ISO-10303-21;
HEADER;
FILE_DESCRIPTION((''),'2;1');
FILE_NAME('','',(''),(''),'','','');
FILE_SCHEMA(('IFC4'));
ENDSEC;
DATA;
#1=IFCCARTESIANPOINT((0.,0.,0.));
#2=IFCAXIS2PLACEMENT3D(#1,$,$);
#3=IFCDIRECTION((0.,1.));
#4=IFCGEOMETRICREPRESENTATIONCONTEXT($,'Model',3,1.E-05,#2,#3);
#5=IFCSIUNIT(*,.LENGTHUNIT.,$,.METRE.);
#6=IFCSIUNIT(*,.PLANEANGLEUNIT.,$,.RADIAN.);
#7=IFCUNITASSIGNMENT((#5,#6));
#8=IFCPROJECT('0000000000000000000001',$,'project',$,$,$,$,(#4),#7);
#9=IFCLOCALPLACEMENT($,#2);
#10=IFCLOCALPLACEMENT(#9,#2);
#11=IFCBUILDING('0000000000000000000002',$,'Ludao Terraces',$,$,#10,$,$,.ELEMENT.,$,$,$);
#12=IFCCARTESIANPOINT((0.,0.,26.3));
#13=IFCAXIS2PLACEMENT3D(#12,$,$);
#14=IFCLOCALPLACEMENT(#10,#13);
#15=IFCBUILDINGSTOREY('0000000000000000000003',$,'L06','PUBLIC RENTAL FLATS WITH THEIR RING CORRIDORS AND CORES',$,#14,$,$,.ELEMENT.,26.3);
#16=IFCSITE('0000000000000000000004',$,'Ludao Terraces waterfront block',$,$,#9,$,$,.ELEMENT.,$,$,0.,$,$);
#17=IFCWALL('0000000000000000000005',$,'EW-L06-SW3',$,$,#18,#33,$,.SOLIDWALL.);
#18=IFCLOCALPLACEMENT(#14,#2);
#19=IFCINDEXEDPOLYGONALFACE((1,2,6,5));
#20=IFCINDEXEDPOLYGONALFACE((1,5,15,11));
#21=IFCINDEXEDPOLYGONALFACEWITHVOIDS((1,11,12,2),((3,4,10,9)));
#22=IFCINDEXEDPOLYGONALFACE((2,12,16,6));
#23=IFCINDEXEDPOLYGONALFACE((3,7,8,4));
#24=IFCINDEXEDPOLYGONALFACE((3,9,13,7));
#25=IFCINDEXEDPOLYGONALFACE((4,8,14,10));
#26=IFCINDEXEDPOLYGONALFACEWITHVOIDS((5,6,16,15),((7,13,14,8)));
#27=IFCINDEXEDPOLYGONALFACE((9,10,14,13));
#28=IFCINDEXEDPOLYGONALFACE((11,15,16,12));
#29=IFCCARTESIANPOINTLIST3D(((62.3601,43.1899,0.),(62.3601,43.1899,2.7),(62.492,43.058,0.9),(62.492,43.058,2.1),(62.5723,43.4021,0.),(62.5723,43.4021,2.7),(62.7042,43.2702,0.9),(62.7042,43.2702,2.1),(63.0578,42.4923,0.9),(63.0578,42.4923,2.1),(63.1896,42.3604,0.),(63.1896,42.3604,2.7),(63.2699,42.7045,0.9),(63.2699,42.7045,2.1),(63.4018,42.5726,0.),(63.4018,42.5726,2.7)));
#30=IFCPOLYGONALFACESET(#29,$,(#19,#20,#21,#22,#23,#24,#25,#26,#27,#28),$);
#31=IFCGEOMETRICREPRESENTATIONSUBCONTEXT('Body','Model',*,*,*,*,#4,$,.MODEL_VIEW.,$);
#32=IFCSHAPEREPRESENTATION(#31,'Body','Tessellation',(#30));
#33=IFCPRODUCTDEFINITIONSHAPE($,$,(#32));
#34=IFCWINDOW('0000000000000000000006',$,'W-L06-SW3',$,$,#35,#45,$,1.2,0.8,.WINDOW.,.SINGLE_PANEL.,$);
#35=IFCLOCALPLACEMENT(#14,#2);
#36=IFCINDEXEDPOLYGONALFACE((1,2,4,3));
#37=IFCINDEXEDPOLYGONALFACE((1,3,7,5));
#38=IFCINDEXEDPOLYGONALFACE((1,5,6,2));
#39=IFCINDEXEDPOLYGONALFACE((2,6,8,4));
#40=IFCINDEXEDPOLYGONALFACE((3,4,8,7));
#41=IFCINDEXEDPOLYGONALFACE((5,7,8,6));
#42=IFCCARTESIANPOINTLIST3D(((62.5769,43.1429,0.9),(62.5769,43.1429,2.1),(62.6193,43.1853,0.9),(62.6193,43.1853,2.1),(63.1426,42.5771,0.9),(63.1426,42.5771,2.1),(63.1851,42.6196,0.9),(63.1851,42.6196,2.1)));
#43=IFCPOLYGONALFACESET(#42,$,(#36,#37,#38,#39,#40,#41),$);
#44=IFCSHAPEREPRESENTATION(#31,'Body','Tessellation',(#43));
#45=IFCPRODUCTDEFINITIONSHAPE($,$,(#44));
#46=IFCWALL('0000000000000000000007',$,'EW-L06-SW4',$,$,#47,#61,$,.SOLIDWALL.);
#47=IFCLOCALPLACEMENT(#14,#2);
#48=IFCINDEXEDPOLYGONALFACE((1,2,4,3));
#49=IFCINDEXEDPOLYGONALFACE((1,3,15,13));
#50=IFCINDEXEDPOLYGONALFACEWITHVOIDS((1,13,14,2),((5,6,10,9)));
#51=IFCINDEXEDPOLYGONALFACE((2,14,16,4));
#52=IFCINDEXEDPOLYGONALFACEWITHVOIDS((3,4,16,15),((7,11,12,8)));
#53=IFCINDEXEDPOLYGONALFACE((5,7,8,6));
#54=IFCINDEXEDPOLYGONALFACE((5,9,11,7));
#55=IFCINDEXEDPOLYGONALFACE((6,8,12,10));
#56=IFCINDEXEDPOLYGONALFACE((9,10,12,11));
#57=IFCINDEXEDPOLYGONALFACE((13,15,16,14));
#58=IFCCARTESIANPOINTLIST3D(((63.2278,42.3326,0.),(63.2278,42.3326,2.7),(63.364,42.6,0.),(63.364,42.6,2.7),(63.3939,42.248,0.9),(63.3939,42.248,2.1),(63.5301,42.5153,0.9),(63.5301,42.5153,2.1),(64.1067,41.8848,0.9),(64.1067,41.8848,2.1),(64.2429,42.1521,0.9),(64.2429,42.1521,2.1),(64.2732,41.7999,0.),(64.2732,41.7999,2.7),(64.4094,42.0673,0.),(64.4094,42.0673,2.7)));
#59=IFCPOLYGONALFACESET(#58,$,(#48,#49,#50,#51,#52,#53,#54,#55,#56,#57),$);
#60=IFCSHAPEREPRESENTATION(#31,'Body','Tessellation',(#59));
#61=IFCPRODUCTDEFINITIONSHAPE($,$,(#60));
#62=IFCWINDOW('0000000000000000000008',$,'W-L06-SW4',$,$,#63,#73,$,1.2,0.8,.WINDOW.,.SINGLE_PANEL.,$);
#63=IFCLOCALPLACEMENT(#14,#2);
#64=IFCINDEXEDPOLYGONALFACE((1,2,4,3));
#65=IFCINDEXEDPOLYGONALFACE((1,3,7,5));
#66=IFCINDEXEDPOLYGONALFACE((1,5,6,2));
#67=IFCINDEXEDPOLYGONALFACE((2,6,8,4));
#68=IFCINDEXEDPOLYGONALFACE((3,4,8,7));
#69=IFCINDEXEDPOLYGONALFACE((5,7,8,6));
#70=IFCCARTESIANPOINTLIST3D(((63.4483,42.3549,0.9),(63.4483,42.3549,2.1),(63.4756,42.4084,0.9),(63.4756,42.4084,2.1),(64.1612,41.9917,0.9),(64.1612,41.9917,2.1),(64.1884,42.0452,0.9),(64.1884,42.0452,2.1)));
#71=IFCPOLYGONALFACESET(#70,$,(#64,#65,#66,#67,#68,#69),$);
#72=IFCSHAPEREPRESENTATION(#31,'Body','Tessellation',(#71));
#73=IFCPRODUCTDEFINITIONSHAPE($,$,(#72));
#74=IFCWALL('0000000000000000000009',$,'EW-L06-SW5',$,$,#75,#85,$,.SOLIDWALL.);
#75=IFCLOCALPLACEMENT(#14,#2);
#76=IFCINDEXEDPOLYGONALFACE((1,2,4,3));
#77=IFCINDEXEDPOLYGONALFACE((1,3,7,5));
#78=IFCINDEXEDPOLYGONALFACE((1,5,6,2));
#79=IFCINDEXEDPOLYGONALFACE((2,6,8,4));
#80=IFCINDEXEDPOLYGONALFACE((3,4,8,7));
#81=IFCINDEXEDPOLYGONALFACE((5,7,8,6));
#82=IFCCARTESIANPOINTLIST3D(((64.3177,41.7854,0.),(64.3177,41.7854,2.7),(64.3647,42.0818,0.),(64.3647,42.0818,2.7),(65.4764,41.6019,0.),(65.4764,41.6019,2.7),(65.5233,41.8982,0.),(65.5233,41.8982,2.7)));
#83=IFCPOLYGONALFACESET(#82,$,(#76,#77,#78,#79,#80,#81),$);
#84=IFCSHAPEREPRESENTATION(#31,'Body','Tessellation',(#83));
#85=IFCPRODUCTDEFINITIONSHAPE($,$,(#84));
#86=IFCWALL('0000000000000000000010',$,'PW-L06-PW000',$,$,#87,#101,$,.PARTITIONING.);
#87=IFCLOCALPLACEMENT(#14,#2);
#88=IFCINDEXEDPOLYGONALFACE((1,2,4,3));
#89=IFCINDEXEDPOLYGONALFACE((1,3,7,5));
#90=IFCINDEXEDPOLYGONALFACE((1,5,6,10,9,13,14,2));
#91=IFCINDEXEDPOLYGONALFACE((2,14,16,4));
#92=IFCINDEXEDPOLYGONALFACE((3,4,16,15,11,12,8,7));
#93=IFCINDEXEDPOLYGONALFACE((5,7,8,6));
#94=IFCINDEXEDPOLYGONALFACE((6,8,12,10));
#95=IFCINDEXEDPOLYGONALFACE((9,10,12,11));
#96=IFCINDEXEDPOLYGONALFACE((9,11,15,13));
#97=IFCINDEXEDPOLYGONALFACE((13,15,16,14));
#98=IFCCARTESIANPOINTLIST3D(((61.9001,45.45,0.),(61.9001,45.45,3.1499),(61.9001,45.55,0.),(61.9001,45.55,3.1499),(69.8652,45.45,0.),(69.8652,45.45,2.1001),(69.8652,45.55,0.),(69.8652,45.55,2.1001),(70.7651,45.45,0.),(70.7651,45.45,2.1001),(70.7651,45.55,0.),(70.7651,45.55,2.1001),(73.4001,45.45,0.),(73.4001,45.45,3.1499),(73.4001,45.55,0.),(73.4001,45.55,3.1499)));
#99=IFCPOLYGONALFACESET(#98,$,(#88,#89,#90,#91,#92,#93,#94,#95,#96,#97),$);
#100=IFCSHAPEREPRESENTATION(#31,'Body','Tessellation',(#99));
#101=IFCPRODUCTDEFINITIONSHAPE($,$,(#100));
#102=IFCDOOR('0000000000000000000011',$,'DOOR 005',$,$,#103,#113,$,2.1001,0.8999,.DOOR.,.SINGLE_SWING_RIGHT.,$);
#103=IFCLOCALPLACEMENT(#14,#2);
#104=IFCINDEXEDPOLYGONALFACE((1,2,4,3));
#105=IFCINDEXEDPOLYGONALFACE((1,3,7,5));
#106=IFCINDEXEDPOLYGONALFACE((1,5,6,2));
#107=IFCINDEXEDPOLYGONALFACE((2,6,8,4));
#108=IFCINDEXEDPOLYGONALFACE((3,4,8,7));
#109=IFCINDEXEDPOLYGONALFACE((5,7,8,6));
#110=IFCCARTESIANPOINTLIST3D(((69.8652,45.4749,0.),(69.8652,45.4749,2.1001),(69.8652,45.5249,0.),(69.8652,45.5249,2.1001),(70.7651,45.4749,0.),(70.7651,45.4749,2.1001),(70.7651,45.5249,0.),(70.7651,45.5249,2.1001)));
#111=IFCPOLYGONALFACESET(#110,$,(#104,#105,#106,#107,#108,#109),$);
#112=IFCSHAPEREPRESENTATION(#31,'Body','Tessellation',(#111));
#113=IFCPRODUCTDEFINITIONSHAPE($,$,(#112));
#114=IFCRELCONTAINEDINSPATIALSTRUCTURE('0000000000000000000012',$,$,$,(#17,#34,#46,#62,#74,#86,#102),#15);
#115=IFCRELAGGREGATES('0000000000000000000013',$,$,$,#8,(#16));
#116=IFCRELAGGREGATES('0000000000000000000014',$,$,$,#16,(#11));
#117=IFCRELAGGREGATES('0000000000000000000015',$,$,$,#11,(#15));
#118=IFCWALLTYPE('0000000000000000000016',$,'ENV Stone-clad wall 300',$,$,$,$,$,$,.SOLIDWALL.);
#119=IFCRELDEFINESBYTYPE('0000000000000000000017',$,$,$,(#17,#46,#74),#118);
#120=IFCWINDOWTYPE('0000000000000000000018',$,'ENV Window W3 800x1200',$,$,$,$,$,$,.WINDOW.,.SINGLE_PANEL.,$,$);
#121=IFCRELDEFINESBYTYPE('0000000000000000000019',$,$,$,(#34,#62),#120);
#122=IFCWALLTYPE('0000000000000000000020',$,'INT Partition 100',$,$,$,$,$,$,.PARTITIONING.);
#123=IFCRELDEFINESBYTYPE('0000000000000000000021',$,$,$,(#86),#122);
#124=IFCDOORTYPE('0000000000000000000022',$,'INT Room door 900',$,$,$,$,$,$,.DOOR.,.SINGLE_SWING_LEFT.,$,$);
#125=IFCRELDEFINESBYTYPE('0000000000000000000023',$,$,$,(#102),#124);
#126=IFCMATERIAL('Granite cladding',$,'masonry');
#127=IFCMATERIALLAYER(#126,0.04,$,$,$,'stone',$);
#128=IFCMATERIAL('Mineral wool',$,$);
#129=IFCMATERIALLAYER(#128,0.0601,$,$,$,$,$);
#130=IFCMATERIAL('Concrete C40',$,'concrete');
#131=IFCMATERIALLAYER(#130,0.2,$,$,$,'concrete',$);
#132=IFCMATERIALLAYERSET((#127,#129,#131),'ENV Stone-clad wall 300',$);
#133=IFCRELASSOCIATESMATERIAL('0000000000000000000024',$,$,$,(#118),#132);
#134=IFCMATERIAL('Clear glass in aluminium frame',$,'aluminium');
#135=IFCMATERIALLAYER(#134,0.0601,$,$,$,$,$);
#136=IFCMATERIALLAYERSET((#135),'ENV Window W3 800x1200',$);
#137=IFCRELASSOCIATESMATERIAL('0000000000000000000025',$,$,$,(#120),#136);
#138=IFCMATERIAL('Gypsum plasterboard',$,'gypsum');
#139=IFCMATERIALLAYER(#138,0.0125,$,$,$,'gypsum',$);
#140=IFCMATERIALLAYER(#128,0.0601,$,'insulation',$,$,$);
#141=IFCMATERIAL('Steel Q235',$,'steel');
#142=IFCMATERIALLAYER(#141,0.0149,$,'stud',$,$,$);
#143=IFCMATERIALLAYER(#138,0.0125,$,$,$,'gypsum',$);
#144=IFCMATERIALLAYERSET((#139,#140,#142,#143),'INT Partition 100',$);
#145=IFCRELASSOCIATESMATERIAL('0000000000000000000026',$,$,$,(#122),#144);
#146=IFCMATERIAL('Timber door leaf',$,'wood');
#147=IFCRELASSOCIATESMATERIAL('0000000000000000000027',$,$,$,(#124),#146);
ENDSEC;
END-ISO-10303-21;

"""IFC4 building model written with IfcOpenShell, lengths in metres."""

from ifc_helpers import new_model, si_unit, direction, frame, frame_2d, origin, place, context, subcontext, project, spatial, rectangle, extrude, material, layer, layer_set, type_object, element, fill, save


model = new_model("IFC4")

# Units and contexts
model_context = context("Model", 3, precision=1e-05, world=origin(), true_north=direction((0.0, 1.0)))
body_context = subcontext(model_context, "Body", "Model", "MODEL_VIEW")
ifc_project = project(units=[si_unit("LENGTHUNIT", "METRE"), si_unit("PLANEANGLEUNIT", "RADIAN")], contexts=[model_context])

# Site, building, storey
site_placement = place(None, origin())
site = spatial("IfcSite", under=ifc_project, at=site_placement, Name="Ludao Terraces waterfront block", CompositionType="ELEMENT", RefElevation=0.0)
building_placement = place(site_placement, origin())
building = spatial("IfcBuilding", under=site, at=building_placement, Name="Ludao Terraces", CompositionType="ELEMENT")
storey_placement = place(building_placement, frame((0.0, 0.0, 26.3)))
storey = spatial("IfcBuildingStorey", under=building, at=storey_placement, Name="L06", Description="PUBLIC RENTAL FLATS WITH THEIR RING CORRIDORS AND CORES", CompositionType="ELEMENT", Elevation=26.3)

# Shared definitions
ifc_material_1 = material(Name="Concrete C40", Category="concrete")

# Shared definitions
ifc_material_2 = material(Name="Granite cladding", Category="masonry")
ifc_layer_1 = layer(ifc_material_2, 0.04, Category="stone")
ifc_material_3 = material(Name="Mineral wool")
ifc_layer_2 = layer(ifc_material_3, 0.0601)
ifc_layer_3 = layer(ifc_material_1, 0.2, Category="concrete")
ifc_layer_set_1 = layer_set([ifc_layer_1, ifc_layer_2, ifc_layer_3], Name="ENV Stone-clad wall 300")
wall_type_1 = type_object("IfcWallType", Name="ENV Stone-clad wall 300", PredefinedType="SOLIDWALL", material=ifc_layer_set_1)
ifc_material_4 = material(Name="Clear glass in aluminium frame", Category="aluminium")

# Walls, openings, windows
ifc_layer_4 = layer(ifc_material_4, 0.0601)
ifc_layer_set_2 = layer_set([ifc_layer_4], Name="ENV Window W3 800x1200")
window_type_1 = type_object("IfcWindowType", Name="ENV Window W3 800x1200", PartitioningType="SINGLE_PANEL", PredefinedType="WINDOW", material=ifc_layer_set_2)
wall_1_placement = place(storey_placement, frame((62.4663, 43.2959, 0.0), z_axis=(0.0, 0.0, 1.0), x_axis=(0.707107, -0.707107, 0.0)))
wall_1 = element("IfcWall", 1, at=wall_1_placement, inside=storey, type_object=wall_type_1, Name="EW-L06-SW3", PredefinedType="SOLIDWALL", context=body_context, shape_type="SweptSolid", body=[
    extrude(rectangle(XDim=1.1731, YDim=0.3, at=frame_2d((0.5864, 0.0))), origin(), (0.0, 0.0, 1.0), 2.7),
])
opening_1_placement = place(wall_1_placement, frame((0.1865, 0.0, 0.8999)))
opening_1 = element("IfcOpeningElement", 2, at=opening_1_placement, cuts=wall_1, PredefinedType="OPENING", context=body_context, shape_type="SweptSolid", body=[
    extrude(rectangle(XDim=0.8, YDim=1.2, at=frame_2d((0.3999, 0.6001))), frame((0.0, 0.1602, 0.0), z_axis=(0.0, -1.0, 0.0), x_axis=(1.0, 0.0, 0.0)), (0.0, 0.0, 1.0), 0.3201),
])
window_1_placement = place(opening_1_placement, origin())
window_1 = element("IfcWindow", 3, at=window_1_placement, inside=storey, type_object=window_type_1, Name="W-L06-SW3", OverallHeight=1.2, OverallWidth=0.8, PartitioningType="SINGLE_PANEL", PredefinedType="WINDOW", context=body_context, shape_type="SweptSolid", body=[
    extrude(rectangle(XDim=0.8, YDim=1.2, at=frame_2d((0.3999, 0.6001))), frame((0.0, 0.03, 0.0), z_axis=(0.0, -1.0, 0.0), x_axis=(1.0, 0.0, 0.0)), (0.0, 0.0, 1.0), 0.0601),
])
fill(opening_1, window_1)
wall_2_placement = place(storey_placement, frame((63.2959, 42.4663, 0.0), z_axis=(0.0, 0.0, 1.0), x_axis=(0.890989, -0.454026, 0.0)))
wall_2 = element("IfcWall", 4, at=wall_2_placement, inside=storey, type_object=wall_type_1, Name="EW-L06-SW4", PredefinedType="SOLIDWALL", context=body_context, shape_type="SweptSolid", body=[
    extrude(rectangle(XDim=1.1733, YDim=0.3, at=frame_2d((0.5867, 0.0))), origin(), (0.0, 0.0, 1.0), 2.7),
])
opening_2_placement = place(wall_2_placement, frame((0.1865, 0.0, 0.8999)))
opening_2 = element("IfcOpeningElement", 5, at=opening_2_placement, cuts=wall_2, PredefinedType="OPENING", context=body_context, shape_type="SweptSolid", body=[
    extrude(rectangle(XDim=0.8, YDim=1.2, at=frame_2d((0.3999, 0.6001))), frame((0.0, 0.1602, 0.0), z_axis=(0.0, -1.0, 0.0), x_axis=(1.0, 0.0, 0.0)), (0.0, 0.0, 1.0), 0.3201),
])
window_2_placement = place(opening_2_placement, origin())
window_2 = element("IfcWindow", 6, at=window_2_placement, inside=storey, type_object=window_type_1, Name="W-L06-SW4", OverallHeight=1.2, OverallWidth=0.8, PartitioningType="SINGLE_PANEL", PredefinedType="WINDOW", context=body_context, shape_type="SweptSolid", body=[
    extrude(rectangle(XDim=0.8, YDim=1.2, at=frame_2d((0.3999, 0.6001))), frame((0.0, 0.03, 0.0), z_axis=(0.0, -1.0, 0.0), x_axis=(1.0, 0.0, 0.0)), (0.0, 0.0, 1.0), 0.0601),
])
fill(opening_2, window_2)

# Wall
wall_3_placement = place(storey_placement, frame((64.3413, 41.9336, 0.0), z_axis=(0.0, 0.0, 1.0), x_axis=(0.987678, -0.156497, 0.0)))
element("IfcWall", 7, at=wall_3_placement, inside=storey, type_object=wall_type_1, Name="EW-L06-SW5", PredefinedType="SOLIDWALL", context=body_context, shape_type="SweptSolid", body=[
    extrude(rectangle(XDim=1.1731, YDim=0.3, at=frame_2d((0.5864, 0.0))), origin(), (0.0, 0.0, 1.0), 2.7),
])

# Wall, opening, door
ifc_material_5 = material(Name="Gypsum plasterboard", Category="gypsum")
ifc_layer_5 = layer(ifc_material_5, 0.0125, Category="gypsum")
ifc_layer_6 = layer(ifc_material_3, 0.0601, Name="insulation")
ifc_material_6 = material(Name="Steel Q235", Category="steel")
ifc_layer_7 = layer(ifc_material_6, 0.0149, Name="stud")
ifc_layer_8 = layer(ifc_material_5, 0.0125, Category="gypsum")
ifc_layer_set_3 = layer_set([ifc_layer_5, ifc_layer_6, ifc_layer_7, ifc_layer_8], Name="INT Partition 100")
wall_type_2 = type_object("IfcWallType", Name="INT Partition 100", PredefinedType="PARTITIONING", material=ifc_layer_set_3)
wall_4_placement = place(storey_placement, frame((61.9001, 45.5, 0.0), z_axis=(0.0, 0.0, 1.0), x_axis=(1.0, 0.0, 0.0)))
wall_4 = element("IfcWall", 8, at=wall_4_placement, inside=storey, type_object=wall_type_2, Name="PW-L06-PW000", PredefinedType="PARTITIONING", context=body_context, shape_type="SweptSolid", body=[
    extrude(rectangle(XDim=11.5, YDim=0.1001, at=frame_2d((5.75, 0.0))), origin(), (0.0, 0.0, 1.0), 3.1499),
])
opening_3_placement = place(wall_4_placement, frame((7.9651, 0.0, 0.0)))
opening_3 = element("IfcOpeningElement", 9, at=opening_3_placement, cuts=wall_4, PredefinedType="OPENING", context=body_context, shape_type="SweptSolid", body=[
    extrude(rectangle(XDim=0.8999, YDim=2.1001, at=frame_2d((0.45, 1.05))), frame((0.0, 0.0601, 0.0), z_axis=(0.0, -1.0, 0.0), x_axis=(1.0, 0.0, 0.0)), (0.0, 0.0, 1.0), 0.1201),
])
ifc_material_7 = material(Name="Timber door leaf", Category="wood")
door_type = type_object("IfcDoorType", Name="INT Room door 900", OperationType="SINGLE_SWING_LEFT", PredefinedType="DOOR", material=ifc_material_7)
door_placement = place(opening_3_placement, origin())
door = element("IfcDoor", 10, at=door_placement, inside=storey, type_object=door_type, Name="DOOR 005", OperationType="SINGLE_SWING_RIGHT", OverallHeight=2.1001, OverallWidth=0.8999, PredefinedType="DOOR", context=body_context, shape_type="SweptSolid", body=[
    extrude(rectangle(XDim=0.8999, YDim=2.1001, at=frame_2d((0.45, 1.05))), frame((0.0, 0.0249, 0.0), z_axis=(0.0, -1.0, 0.0), x_axis=(1.0, 0.0, 0.0)), (0.0, 0.0, 1.0), 0.05),
])
fill(opening_3, door)

save(model, "model.ifc")
